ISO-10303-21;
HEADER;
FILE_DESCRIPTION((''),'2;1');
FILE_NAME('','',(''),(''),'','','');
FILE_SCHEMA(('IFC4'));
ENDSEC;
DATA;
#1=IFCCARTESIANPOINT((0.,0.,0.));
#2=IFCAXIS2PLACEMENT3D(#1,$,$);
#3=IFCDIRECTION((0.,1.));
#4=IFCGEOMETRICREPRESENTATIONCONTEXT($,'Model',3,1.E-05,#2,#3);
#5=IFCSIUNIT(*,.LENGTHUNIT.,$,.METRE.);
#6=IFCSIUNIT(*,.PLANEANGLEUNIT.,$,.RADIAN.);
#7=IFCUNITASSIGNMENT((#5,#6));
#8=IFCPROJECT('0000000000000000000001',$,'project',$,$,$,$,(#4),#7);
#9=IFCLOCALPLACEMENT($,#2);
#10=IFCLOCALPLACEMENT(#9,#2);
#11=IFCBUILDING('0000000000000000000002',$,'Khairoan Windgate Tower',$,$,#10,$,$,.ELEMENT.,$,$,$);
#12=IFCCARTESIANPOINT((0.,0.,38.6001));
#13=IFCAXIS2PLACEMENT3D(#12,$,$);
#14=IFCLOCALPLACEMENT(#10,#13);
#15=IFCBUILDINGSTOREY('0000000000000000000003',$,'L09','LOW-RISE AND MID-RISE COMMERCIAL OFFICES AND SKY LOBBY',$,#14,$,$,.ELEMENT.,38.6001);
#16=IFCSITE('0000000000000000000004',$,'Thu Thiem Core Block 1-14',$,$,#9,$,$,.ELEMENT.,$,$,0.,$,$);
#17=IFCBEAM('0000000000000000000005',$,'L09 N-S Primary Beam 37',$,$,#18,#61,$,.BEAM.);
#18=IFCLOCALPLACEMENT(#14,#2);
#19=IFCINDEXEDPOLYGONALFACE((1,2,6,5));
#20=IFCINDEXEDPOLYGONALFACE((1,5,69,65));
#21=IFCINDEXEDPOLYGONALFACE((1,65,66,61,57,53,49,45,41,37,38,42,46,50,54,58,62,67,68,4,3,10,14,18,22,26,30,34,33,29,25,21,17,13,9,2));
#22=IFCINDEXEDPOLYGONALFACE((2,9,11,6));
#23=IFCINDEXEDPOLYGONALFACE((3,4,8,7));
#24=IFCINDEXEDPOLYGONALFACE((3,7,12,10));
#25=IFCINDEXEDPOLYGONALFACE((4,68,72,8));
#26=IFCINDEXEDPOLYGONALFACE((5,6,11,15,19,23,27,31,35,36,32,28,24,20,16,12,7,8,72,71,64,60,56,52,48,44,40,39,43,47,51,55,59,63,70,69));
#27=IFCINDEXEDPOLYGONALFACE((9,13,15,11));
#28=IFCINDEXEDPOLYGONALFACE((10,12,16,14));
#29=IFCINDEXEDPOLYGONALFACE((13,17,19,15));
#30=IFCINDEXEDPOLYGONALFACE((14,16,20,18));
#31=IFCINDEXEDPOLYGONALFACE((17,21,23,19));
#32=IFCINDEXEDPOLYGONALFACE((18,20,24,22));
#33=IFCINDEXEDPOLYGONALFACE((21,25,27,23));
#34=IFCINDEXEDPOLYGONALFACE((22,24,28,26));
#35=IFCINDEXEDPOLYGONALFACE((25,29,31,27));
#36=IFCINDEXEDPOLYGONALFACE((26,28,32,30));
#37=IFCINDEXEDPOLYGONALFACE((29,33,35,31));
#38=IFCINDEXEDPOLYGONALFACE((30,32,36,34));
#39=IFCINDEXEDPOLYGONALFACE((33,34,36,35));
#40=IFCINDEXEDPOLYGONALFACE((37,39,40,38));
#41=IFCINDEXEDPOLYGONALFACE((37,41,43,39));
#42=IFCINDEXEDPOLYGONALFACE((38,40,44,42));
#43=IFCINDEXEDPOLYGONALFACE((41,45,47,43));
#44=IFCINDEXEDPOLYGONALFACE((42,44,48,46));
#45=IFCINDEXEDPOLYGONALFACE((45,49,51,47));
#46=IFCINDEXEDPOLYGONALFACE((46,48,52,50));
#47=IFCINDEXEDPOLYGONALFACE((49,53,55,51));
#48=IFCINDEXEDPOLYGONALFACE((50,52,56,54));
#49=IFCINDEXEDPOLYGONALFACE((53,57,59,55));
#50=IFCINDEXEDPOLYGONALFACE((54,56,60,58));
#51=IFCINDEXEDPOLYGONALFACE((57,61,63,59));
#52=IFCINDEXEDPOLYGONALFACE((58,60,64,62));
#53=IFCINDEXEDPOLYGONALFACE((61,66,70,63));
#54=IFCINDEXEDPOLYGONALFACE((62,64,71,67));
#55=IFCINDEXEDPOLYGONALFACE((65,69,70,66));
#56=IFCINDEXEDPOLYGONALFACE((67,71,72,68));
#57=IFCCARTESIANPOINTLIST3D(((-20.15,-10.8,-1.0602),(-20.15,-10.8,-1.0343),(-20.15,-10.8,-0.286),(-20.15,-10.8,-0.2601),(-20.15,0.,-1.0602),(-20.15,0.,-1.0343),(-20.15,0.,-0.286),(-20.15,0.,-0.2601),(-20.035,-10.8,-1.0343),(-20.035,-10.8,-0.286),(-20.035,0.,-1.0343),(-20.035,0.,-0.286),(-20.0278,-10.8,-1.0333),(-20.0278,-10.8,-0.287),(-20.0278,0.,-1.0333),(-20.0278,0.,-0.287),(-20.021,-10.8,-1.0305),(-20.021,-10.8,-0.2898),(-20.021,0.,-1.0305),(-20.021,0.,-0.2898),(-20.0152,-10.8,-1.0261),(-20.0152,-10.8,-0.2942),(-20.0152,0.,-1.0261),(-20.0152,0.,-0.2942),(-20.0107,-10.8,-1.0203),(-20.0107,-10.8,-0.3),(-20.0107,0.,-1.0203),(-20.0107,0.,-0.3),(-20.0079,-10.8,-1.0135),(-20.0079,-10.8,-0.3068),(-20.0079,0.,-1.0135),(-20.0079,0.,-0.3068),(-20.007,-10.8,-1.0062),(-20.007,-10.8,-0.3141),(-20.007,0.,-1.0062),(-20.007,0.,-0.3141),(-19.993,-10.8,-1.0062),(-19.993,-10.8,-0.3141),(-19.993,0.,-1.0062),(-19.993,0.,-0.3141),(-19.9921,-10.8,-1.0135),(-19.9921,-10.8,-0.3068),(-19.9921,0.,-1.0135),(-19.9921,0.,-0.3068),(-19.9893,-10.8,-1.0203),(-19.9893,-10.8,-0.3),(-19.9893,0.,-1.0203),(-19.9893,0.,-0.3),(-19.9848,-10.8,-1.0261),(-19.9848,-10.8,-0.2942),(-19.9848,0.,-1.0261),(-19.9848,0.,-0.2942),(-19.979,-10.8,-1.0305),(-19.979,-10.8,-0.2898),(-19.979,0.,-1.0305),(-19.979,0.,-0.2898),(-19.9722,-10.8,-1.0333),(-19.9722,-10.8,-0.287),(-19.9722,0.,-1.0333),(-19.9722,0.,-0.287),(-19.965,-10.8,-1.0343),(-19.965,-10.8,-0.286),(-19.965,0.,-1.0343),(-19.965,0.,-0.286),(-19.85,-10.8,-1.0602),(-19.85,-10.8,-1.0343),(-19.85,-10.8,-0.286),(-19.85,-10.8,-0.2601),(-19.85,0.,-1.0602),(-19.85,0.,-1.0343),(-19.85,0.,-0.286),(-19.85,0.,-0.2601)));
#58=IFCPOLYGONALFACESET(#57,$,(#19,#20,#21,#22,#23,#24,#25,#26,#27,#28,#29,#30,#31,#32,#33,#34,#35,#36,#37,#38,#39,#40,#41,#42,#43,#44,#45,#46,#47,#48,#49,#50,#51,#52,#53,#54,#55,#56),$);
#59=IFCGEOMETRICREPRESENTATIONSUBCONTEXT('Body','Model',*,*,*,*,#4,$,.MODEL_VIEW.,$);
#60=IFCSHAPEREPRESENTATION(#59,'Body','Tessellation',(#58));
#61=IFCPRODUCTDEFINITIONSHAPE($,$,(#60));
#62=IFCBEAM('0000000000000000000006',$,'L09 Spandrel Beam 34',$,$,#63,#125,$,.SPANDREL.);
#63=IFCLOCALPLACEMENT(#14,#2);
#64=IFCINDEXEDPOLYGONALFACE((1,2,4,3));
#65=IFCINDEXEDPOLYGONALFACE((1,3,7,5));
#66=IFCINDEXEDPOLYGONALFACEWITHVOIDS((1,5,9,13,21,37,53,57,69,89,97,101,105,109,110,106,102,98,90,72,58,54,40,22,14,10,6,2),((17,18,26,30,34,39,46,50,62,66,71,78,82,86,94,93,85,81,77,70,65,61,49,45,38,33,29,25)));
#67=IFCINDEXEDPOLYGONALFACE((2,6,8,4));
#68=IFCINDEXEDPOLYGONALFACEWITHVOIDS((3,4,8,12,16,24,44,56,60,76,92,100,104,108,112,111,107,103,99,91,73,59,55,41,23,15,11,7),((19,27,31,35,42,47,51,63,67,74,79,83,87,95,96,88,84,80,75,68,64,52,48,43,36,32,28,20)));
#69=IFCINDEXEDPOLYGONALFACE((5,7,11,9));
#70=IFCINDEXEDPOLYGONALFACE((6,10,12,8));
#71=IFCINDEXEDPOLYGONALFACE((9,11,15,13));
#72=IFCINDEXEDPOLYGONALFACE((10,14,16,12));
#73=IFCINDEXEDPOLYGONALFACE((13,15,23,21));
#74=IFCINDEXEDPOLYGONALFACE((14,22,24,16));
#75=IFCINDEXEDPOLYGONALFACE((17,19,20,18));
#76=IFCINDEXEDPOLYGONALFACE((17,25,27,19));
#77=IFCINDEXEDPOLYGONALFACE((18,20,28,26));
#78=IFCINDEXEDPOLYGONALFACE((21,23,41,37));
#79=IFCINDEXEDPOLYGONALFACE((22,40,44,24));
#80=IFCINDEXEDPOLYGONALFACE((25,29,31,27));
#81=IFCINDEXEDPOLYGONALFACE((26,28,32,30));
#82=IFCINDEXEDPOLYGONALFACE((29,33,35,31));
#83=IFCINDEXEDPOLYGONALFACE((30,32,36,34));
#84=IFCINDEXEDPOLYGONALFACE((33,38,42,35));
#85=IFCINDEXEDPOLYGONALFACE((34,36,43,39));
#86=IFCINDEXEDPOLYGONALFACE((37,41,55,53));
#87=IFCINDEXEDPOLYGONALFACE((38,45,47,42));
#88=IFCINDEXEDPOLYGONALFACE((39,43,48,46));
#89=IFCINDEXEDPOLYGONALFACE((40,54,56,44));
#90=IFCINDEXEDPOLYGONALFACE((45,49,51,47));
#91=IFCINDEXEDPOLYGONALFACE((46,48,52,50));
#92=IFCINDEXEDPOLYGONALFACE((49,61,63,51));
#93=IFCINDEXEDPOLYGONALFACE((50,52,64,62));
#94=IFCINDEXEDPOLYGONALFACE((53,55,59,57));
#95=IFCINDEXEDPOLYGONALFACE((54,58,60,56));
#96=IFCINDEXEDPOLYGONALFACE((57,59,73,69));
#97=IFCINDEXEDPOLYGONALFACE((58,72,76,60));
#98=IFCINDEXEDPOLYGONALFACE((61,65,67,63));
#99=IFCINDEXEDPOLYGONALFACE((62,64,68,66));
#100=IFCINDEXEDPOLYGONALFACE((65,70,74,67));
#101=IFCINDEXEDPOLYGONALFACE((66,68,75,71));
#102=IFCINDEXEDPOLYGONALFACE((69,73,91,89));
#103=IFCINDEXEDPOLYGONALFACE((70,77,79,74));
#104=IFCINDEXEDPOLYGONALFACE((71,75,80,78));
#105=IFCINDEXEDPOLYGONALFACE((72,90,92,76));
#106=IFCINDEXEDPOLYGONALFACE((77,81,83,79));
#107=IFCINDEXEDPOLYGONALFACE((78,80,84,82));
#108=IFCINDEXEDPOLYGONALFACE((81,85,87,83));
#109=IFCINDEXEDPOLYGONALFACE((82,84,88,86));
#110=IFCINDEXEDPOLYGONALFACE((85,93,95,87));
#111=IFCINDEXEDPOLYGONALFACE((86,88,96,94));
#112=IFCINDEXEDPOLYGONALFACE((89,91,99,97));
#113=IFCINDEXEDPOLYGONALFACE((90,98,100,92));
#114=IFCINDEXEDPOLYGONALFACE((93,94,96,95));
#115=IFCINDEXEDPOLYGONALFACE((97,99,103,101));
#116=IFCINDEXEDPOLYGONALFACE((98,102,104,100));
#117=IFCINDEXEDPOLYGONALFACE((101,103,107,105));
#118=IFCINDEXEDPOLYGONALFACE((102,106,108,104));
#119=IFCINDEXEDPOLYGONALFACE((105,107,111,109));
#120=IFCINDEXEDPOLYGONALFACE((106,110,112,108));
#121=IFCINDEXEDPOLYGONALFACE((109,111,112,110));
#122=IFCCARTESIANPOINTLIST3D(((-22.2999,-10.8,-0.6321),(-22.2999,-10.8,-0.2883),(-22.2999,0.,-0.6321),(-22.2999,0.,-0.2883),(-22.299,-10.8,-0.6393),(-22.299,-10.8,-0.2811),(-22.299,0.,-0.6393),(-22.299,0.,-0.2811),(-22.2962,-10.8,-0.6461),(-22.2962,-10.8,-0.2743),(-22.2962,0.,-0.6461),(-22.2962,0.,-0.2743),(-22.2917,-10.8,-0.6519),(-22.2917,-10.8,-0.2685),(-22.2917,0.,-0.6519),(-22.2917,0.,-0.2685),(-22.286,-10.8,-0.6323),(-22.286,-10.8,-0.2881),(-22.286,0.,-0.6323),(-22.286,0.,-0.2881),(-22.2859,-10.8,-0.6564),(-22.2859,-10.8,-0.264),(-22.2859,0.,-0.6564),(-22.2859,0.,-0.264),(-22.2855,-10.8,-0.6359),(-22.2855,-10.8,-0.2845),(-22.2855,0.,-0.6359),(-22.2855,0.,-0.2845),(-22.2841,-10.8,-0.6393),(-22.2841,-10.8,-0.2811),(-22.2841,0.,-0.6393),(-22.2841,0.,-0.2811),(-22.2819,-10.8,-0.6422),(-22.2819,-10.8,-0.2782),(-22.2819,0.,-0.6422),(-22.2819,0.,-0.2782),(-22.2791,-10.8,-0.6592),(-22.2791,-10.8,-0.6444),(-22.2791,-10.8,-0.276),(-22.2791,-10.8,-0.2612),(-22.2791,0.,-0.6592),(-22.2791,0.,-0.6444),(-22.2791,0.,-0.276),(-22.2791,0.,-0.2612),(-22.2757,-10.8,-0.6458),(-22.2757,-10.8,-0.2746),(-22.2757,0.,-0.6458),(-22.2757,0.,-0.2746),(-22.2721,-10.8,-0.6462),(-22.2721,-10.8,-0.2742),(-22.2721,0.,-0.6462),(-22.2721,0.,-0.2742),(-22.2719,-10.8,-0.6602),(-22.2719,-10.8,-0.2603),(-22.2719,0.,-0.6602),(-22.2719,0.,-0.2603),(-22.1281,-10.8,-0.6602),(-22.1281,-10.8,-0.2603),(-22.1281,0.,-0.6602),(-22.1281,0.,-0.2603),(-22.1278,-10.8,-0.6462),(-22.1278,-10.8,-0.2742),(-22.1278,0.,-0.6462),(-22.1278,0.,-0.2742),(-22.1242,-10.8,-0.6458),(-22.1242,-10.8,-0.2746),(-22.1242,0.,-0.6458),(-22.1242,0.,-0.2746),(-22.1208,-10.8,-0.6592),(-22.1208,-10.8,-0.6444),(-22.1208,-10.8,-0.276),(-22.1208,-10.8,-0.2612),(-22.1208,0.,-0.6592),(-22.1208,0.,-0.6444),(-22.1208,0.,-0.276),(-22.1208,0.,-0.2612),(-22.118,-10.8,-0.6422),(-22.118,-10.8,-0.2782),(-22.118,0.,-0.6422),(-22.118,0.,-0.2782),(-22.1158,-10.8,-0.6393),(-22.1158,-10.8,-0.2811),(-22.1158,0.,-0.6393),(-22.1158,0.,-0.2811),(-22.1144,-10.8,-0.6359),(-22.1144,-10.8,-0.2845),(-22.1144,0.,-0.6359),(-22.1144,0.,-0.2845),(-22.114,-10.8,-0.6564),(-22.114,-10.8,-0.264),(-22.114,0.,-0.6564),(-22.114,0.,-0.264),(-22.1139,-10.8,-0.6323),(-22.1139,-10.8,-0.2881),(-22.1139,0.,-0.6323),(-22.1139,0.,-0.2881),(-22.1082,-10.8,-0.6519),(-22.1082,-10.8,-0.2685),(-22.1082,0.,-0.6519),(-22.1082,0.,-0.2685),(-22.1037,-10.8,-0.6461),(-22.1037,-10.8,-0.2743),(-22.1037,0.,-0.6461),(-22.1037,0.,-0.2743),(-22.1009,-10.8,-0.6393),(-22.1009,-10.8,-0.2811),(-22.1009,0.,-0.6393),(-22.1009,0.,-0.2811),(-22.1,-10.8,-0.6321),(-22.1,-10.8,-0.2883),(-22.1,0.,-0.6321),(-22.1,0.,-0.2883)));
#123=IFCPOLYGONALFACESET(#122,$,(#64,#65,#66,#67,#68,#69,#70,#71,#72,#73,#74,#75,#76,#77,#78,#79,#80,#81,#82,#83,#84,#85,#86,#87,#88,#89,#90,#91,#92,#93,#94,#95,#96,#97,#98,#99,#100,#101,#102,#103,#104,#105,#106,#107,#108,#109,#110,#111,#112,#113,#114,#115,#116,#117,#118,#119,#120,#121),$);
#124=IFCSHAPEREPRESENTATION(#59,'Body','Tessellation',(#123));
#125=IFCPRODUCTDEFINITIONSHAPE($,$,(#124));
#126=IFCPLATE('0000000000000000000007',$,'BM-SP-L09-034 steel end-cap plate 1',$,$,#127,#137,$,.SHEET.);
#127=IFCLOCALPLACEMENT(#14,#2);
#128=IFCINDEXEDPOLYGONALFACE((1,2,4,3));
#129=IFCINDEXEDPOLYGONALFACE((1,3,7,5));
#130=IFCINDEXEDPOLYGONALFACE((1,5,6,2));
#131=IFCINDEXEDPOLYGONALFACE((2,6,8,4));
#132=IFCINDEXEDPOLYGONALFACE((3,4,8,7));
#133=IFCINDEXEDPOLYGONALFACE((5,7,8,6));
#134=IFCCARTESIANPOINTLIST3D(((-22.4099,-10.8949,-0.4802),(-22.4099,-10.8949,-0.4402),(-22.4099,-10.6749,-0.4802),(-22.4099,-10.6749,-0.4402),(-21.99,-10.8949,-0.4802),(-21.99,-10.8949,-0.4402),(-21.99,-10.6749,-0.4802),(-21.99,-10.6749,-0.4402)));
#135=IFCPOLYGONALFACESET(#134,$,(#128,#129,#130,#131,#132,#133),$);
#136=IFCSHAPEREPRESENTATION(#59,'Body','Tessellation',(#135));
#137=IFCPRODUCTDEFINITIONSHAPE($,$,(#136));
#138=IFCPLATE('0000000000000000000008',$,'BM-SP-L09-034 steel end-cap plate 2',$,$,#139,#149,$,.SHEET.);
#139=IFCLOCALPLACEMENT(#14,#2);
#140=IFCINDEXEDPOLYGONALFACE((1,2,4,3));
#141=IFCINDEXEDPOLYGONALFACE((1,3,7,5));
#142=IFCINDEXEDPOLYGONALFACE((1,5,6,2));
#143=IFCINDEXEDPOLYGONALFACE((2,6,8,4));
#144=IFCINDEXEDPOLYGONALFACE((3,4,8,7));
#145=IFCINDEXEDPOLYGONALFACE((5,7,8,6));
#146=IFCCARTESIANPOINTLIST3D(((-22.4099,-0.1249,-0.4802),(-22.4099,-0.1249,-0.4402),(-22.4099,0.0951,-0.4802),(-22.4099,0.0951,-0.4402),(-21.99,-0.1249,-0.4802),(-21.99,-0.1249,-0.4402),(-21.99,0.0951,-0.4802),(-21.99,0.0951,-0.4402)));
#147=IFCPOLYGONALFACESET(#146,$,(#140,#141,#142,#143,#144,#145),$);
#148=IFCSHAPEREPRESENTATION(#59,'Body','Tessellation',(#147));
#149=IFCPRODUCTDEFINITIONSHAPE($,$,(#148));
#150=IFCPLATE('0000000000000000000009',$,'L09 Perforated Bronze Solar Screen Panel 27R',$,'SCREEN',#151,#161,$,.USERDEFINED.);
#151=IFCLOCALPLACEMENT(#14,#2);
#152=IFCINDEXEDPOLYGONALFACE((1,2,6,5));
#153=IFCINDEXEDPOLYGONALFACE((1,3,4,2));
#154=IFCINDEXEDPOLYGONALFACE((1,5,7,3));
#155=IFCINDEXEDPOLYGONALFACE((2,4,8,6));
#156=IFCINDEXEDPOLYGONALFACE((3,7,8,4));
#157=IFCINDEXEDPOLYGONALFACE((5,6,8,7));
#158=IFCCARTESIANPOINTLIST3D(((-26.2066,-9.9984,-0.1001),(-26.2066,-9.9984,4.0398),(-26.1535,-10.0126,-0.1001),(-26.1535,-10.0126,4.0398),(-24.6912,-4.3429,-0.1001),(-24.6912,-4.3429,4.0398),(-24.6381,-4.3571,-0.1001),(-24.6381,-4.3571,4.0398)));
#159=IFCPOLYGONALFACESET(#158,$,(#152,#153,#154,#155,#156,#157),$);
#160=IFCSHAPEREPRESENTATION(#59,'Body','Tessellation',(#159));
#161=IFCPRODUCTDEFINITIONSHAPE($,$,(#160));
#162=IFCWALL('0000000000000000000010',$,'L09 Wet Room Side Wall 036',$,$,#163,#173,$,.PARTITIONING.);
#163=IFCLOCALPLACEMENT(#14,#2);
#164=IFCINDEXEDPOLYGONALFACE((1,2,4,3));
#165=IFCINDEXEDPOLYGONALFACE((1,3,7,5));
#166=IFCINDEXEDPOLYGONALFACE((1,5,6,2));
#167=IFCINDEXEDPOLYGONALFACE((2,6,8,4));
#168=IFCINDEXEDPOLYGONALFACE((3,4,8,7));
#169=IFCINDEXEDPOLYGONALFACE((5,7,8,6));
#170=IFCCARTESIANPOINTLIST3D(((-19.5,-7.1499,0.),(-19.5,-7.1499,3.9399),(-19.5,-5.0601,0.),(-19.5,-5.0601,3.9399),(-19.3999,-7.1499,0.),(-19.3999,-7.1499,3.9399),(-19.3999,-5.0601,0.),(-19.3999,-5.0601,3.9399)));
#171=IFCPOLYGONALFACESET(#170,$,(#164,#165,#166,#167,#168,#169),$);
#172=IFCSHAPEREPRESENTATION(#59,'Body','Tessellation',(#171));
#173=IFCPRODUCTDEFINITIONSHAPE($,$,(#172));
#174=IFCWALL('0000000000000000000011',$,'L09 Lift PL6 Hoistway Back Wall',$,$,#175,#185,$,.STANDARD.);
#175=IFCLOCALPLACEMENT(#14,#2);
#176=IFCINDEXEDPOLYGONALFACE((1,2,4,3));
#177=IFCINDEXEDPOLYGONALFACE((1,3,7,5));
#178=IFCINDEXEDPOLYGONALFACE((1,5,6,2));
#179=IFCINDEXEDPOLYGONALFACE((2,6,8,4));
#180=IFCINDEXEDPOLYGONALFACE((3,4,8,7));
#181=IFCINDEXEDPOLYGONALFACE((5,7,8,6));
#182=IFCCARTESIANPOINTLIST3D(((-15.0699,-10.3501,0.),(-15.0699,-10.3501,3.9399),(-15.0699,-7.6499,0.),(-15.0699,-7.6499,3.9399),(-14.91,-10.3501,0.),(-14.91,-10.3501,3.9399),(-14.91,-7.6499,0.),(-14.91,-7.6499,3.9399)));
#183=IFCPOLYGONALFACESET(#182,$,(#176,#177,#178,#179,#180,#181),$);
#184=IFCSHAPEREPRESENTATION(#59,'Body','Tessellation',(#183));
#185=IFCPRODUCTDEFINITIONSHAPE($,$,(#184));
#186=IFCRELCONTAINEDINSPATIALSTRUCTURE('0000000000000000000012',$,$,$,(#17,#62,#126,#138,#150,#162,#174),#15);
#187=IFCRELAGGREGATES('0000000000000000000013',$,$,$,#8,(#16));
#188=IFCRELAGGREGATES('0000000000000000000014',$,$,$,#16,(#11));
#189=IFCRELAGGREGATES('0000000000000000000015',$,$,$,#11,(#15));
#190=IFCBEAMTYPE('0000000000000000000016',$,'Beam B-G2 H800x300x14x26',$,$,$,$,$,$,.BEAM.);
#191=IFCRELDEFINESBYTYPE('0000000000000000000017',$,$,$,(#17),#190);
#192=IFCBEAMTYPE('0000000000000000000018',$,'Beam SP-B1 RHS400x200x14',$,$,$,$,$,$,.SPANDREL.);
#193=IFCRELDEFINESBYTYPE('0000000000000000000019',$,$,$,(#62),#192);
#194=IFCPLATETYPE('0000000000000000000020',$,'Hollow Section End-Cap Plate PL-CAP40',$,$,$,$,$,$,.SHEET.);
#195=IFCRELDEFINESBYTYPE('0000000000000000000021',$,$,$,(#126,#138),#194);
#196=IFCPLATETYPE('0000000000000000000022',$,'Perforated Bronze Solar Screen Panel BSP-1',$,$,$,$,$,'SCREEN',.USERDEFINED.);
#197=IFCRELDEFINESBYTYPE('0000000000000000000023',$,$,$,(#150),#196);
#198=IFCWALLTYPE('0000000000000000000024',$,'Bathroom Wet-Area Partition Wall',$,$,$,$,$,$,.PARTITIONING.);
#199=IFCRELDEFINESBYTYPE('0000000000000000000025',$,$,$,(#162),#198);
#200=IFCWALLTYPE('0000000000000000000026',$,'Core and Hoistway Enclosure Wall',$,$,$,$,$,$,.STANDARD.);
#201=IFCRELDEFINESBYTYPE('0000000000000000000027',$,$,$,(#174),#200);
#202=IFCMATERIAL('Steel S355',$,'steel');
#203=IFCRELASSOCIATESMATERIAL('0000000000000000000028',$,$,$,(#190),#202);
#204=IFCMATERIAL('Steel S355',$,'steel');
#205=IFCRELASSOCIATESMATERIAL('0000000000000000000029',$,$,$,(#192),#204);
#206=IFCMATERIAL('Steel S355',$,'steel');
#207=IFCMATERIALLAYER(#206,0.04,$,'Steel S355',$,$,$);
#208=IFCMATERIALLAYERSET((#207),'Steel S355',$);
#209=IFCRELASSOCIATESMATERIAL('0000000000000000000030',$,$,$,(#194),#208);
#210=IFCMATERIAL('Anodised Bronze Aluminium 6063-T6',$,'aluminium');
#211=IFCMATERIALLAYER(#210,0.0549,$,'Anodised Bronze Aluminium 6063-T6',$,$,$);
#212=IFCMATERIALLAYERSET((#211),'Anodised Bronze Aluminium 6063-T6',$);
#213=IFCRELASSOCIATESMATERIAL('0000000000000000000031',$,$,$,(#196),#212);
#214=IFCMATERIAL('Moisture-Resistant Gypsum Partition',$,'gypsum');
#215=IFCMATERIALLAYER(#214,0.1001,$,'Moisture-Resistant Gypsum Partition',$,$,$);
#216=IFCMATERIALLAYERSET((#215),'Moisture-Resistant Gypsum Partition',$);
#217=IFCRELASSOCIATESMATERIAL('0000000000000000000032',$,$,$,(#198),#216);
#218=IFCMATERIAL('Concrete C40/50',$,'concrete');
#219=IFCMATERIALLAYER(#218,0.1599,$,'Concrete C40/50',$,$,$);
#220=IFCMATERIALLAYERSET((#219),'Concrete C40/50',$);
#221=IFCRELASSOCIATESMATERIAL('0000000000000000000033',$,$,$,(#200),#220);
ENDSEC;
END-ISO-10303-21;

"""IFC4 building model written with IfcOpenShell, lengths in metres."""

from ifc_helpers import new_model, si_unit, direction, frame, frame_2d, origin, origin_2d, place, context, subcontext, project, spatial, rectangle, hollow_rectangle, i_section, extrude, material, layer, layer_set, material_profile, profile_set, type_object, element, save


model = new_model("IFC4")

# Units and contexts
model_context = context("Model", 3, precision=1e-05, world=origin(), true_north=direction((0.0, 1.0)))
body_context = subcontext(model_context, "Body", "Model", "MODEL_VIEW")
ifc_project = project(units=[si_unit("LENGTHUNIT", "METRE"), si_unit("PLANEANGLEUNIT", "RADIAN")], contexts=[model_context])

# Site, building, storey
site_placement = place(None, origin())
site = spatial("IfcSite", under=ifc_project, at=site_placement, Name="Thu Thiem Core Block 1-14", CompositionType="ELEMENT", RefElevation=0.0)
building_placement = place(site_placement, origin())
building = spatial("IfcBuilding", under=site, at=building_placement, Name="Khairoan Windgate Tower", CompositionType="ELEMENT")
storey_placement = place(building_placement, frame((0.0, 0.0, 38.6001)))
storey = spatial("IfcBuildingStorey", under=building, at=storey_placement, Name="L09", Description="LOW-RISE AND MID-RISE COMMERCIAL OFFICES AND SKY LOBBY", CompositionType="ELEMENT", Elevation=38.6001)

# Beams
ifc_material_1 = material(Name="Steel S355", Category="steel")
ifc_material_profile_1 = material_profile(ifc_material_1, i_section(OverallWidth=0.3, OverallDepth=0.8, WebThickness=0.0139, FlangeThickness=0.0259, FilletRadius=0.0281, at=origin_2d()))
ifc_profile_set_1 = profile_set([ifc_material_profile_1], Name="Steel S355")
beam_type_1 = type_object("IfcBeamType", Name="Beam B-G2 H800x300x14x26", PredefinedType="BEAM", material=ifc_profile_set_1)
beam_1_placement = place(storey_placement, frame((-20.0, -10.8, -0.6602), z_axis=(0.0, 1.0, 0.0), x_axis=(-1.0, 0.0, 0.0)))
element("IfcBeam", 1, at=beam_1_placement, inside=storey, type_object=beam_type_1, Name="L09 N-S Primary Beam 37", PredefinedType="BEAM", context=body_context, shape_type="SweptSolid", body=[
    extrude(i_section(OverallWidth=0.3, OverallDepth=0.8, WebThickness=0.0139, FlangeThickness=0.0259, FilletRadius=0.0281, at=origin_2d()), origin(), (0.0, 0.0, 1.0), 10.8),
])
ifc_material_2 = material(Name="Steel S355", Category="steel")
ifc_material_profile_2 = material_profile(ifc_material_2, hollow_rectangle(XDim=0.2, YDim=0.3999, WallThickness=0.0139, InnerFilletRadius=0.0139, OuterFilletRadius=0.0281, at=origin_2d()))
ifc_profile_set_2 = profile_set([ifc_material_profile_2], Name="Steel S355")
beam_type_2 = type_object("IfcBeamType", Name="Beam SP-B1 RHS400x200x14", PredefinedType="SPANDREL", material=ifc_profile_set_2)
beam_2_placement = place(storey_placement, frame((-22.2, -10.8, -0.4602), z_axis=(0.0, 1.0, 0.0), x_axis=(-1.0, 0.0, 0.0)))
element("IfcBeam", 2, at=beam_2_placement, inside=storey, type_object=beam_type_2, Name="L09 Spandrel Beam 34", PredefinedType="SPANDREL", context=body_context, shape_type="SweptSolid", body=[
    extrude(hollow_rectangle(XDim=0.2, YDim=0.3999, WallThickness=0.0139, InnerFilletRadius=0.0139, OuterFilletRadius=0.0281, at=origin_2d()), origin(), (0.0, 0.0, 1.0), 10.8),
])

# Plates
ifc_material_3 = material(Name="Steel S355", Category="steel")
ifc_layer_1 = layer(ifc_material_3, 0.04, Name="Steel S355")
ifc_layer_set_1 = layer_set([ifc_layer_1], Name="Steel S355")
plate_type_1 = type_object("IfcPlateType", Name="Hollow Section End-Cap Plate PL-CAP40", PredefinedType="SHEET", material=ifc_layer_set_1)
for number, where, z_axis, x_axis, name in (
    (3, (-22.2, -10.7849, -0.4802), (0.0, 0.0, 1.0), (0.0, 1.0, 0.0), "BM-SP-L09-034 steel end-cap plate 1"),
    (4, (-22.2, -0.0149, -0.4802), (0.0, 0.0, 1.0), (0.0, 1.0, 0.0), "BM-SP-L09-034 steel end-cap plate 2"),
):
    element("IfcPlate", number, at=place(storey_placement, frame(where, z_axis=z_axis, x_axis=x_axis)), inside=storey, type_object=plate_type_1, Name=name, PredefinedType="SHEET", context=body_context, shape_type="SweptSolid", body=[
        extrude(rectangle(XDim=0.22, YDim=0.4199, at=origin_2d()), origin(), (0.0, 0.0, 1.0), 0.04),
    ])
ifc_material_4 = material(Name="Anodised Bronze Aluminium 6063-T6", Category="aluminium")
ifc_layer_2 = layer(ifc_material_4, 0.0549, Name="Anodised Bronze Aluminium 6063-T6")
ifc_layer_set_2 = layer_set([ifc_layer_2], Name="Anodised Bronze Aluminium 6063-T6")
plate_type_2 = type_object("IfcPlateType", Name="Perforated Bronze Solar Screen Panel BSP-1", ElementType="SCREEN", PredefinedType="USERDEFINED", material=ifc_layer_set_2)
plate_placement = place(storey_placement, frame((-25.4224, -7.1777, -0.1001), z_axis=(0.0, 0.0, 1.0), x_axis=(0.258819, 0.965926, 0.0)))
element("IfcPlate", 5, at=plate_placement, inside=storey, type_object=plate_type_2, Name="L09 Perforated Bronze Solar Screen Panel 27R", ObjectType="SCREEN", PredefinedType="USERDEFINED", context=body_context, shape_type="SweptSolid", body=[
    extrude(rectangle(XDim=5.855, YDim=0.0549, at=origin_2d()), origin(), (0.0, 0.0, 1.0), 4.1399),
])

# Walls
ifc_material_5 = material(Name="Moisture-Resistant Gypsum Partition", Category="gypsum")
ifc_layer_3 = layer(ifc_material_5, 0.1001, Name="Moisture-Resistant Gypsum Partition")
ifc_layer_set_3 = layer_set([ifc_layer_3], Name="Moisture-Resistant Gypsum Partition")
wall_type_1 = type_object("IfcWallType", Name="Bathroom Wet-Area Partition Wall", PredefinedType="PARTITIONING", material=ifc_layer_set_3)
wall_1_placement = place(storey_placement, frame((-19.45, -7.1499, 0.0), z_axis=(0.0, 0.0, 1.0), x_axis=(0.0, 1.0, 0.0)))
element("IfcWall", 6, at=wall_1_placement, inside=storey, type_object=wall_type_1, Name="L09 Wet Room Side Wall 036", PredefinedType="PARTITIONING", context=body_context, shape_type="SweptSolid", body=[
    extrude(rectangle(XDim=2.0898, YDim=0.1001, at=frame_2d((1.0449, 0.0))), origin(), (0.0, 0.0, 1.0), 3.9399),
])
ifc_material_6 = material(Name="Concrete C40/50", Category="concrete")
ifc_layer_4 = layer(ifc_material_6, 0.1599, Name="Concrete C40/50")
ifc_layer_set_4 = layer_set([ifc_layer_4], Name="Concrete C40/50")
wall_type_2 = type_object("IfcWallType", Name="Core and Hoistway Enclosure Wall", PredefinedType="STANDARD", material=ifc_layer_set_4)
wall_2_placement = place(storey_placement, frame((-14.99, -10.3501, 0.0), z_axis=(0.0, 0.0, 1.0), x_axis=(0.0, 1.0, 0.0)))
element("IfcWall", 7, at=wall_2_placement, inside=storey, type_object=wall_type_2, Name="L09 Lift PL6 Hoistway Back Wall", PredefinedType="STANDARD", context=body_context, shape_type="SweptSolid", body=[
    extrude(rectangle(XDim=2.7002, YDim=0.1599, at=frame_2d((1.3501, 0.0))), origin(), (0.0, 0.0, 1.0), 3.9399),
])

save(model, "model.ifc")
